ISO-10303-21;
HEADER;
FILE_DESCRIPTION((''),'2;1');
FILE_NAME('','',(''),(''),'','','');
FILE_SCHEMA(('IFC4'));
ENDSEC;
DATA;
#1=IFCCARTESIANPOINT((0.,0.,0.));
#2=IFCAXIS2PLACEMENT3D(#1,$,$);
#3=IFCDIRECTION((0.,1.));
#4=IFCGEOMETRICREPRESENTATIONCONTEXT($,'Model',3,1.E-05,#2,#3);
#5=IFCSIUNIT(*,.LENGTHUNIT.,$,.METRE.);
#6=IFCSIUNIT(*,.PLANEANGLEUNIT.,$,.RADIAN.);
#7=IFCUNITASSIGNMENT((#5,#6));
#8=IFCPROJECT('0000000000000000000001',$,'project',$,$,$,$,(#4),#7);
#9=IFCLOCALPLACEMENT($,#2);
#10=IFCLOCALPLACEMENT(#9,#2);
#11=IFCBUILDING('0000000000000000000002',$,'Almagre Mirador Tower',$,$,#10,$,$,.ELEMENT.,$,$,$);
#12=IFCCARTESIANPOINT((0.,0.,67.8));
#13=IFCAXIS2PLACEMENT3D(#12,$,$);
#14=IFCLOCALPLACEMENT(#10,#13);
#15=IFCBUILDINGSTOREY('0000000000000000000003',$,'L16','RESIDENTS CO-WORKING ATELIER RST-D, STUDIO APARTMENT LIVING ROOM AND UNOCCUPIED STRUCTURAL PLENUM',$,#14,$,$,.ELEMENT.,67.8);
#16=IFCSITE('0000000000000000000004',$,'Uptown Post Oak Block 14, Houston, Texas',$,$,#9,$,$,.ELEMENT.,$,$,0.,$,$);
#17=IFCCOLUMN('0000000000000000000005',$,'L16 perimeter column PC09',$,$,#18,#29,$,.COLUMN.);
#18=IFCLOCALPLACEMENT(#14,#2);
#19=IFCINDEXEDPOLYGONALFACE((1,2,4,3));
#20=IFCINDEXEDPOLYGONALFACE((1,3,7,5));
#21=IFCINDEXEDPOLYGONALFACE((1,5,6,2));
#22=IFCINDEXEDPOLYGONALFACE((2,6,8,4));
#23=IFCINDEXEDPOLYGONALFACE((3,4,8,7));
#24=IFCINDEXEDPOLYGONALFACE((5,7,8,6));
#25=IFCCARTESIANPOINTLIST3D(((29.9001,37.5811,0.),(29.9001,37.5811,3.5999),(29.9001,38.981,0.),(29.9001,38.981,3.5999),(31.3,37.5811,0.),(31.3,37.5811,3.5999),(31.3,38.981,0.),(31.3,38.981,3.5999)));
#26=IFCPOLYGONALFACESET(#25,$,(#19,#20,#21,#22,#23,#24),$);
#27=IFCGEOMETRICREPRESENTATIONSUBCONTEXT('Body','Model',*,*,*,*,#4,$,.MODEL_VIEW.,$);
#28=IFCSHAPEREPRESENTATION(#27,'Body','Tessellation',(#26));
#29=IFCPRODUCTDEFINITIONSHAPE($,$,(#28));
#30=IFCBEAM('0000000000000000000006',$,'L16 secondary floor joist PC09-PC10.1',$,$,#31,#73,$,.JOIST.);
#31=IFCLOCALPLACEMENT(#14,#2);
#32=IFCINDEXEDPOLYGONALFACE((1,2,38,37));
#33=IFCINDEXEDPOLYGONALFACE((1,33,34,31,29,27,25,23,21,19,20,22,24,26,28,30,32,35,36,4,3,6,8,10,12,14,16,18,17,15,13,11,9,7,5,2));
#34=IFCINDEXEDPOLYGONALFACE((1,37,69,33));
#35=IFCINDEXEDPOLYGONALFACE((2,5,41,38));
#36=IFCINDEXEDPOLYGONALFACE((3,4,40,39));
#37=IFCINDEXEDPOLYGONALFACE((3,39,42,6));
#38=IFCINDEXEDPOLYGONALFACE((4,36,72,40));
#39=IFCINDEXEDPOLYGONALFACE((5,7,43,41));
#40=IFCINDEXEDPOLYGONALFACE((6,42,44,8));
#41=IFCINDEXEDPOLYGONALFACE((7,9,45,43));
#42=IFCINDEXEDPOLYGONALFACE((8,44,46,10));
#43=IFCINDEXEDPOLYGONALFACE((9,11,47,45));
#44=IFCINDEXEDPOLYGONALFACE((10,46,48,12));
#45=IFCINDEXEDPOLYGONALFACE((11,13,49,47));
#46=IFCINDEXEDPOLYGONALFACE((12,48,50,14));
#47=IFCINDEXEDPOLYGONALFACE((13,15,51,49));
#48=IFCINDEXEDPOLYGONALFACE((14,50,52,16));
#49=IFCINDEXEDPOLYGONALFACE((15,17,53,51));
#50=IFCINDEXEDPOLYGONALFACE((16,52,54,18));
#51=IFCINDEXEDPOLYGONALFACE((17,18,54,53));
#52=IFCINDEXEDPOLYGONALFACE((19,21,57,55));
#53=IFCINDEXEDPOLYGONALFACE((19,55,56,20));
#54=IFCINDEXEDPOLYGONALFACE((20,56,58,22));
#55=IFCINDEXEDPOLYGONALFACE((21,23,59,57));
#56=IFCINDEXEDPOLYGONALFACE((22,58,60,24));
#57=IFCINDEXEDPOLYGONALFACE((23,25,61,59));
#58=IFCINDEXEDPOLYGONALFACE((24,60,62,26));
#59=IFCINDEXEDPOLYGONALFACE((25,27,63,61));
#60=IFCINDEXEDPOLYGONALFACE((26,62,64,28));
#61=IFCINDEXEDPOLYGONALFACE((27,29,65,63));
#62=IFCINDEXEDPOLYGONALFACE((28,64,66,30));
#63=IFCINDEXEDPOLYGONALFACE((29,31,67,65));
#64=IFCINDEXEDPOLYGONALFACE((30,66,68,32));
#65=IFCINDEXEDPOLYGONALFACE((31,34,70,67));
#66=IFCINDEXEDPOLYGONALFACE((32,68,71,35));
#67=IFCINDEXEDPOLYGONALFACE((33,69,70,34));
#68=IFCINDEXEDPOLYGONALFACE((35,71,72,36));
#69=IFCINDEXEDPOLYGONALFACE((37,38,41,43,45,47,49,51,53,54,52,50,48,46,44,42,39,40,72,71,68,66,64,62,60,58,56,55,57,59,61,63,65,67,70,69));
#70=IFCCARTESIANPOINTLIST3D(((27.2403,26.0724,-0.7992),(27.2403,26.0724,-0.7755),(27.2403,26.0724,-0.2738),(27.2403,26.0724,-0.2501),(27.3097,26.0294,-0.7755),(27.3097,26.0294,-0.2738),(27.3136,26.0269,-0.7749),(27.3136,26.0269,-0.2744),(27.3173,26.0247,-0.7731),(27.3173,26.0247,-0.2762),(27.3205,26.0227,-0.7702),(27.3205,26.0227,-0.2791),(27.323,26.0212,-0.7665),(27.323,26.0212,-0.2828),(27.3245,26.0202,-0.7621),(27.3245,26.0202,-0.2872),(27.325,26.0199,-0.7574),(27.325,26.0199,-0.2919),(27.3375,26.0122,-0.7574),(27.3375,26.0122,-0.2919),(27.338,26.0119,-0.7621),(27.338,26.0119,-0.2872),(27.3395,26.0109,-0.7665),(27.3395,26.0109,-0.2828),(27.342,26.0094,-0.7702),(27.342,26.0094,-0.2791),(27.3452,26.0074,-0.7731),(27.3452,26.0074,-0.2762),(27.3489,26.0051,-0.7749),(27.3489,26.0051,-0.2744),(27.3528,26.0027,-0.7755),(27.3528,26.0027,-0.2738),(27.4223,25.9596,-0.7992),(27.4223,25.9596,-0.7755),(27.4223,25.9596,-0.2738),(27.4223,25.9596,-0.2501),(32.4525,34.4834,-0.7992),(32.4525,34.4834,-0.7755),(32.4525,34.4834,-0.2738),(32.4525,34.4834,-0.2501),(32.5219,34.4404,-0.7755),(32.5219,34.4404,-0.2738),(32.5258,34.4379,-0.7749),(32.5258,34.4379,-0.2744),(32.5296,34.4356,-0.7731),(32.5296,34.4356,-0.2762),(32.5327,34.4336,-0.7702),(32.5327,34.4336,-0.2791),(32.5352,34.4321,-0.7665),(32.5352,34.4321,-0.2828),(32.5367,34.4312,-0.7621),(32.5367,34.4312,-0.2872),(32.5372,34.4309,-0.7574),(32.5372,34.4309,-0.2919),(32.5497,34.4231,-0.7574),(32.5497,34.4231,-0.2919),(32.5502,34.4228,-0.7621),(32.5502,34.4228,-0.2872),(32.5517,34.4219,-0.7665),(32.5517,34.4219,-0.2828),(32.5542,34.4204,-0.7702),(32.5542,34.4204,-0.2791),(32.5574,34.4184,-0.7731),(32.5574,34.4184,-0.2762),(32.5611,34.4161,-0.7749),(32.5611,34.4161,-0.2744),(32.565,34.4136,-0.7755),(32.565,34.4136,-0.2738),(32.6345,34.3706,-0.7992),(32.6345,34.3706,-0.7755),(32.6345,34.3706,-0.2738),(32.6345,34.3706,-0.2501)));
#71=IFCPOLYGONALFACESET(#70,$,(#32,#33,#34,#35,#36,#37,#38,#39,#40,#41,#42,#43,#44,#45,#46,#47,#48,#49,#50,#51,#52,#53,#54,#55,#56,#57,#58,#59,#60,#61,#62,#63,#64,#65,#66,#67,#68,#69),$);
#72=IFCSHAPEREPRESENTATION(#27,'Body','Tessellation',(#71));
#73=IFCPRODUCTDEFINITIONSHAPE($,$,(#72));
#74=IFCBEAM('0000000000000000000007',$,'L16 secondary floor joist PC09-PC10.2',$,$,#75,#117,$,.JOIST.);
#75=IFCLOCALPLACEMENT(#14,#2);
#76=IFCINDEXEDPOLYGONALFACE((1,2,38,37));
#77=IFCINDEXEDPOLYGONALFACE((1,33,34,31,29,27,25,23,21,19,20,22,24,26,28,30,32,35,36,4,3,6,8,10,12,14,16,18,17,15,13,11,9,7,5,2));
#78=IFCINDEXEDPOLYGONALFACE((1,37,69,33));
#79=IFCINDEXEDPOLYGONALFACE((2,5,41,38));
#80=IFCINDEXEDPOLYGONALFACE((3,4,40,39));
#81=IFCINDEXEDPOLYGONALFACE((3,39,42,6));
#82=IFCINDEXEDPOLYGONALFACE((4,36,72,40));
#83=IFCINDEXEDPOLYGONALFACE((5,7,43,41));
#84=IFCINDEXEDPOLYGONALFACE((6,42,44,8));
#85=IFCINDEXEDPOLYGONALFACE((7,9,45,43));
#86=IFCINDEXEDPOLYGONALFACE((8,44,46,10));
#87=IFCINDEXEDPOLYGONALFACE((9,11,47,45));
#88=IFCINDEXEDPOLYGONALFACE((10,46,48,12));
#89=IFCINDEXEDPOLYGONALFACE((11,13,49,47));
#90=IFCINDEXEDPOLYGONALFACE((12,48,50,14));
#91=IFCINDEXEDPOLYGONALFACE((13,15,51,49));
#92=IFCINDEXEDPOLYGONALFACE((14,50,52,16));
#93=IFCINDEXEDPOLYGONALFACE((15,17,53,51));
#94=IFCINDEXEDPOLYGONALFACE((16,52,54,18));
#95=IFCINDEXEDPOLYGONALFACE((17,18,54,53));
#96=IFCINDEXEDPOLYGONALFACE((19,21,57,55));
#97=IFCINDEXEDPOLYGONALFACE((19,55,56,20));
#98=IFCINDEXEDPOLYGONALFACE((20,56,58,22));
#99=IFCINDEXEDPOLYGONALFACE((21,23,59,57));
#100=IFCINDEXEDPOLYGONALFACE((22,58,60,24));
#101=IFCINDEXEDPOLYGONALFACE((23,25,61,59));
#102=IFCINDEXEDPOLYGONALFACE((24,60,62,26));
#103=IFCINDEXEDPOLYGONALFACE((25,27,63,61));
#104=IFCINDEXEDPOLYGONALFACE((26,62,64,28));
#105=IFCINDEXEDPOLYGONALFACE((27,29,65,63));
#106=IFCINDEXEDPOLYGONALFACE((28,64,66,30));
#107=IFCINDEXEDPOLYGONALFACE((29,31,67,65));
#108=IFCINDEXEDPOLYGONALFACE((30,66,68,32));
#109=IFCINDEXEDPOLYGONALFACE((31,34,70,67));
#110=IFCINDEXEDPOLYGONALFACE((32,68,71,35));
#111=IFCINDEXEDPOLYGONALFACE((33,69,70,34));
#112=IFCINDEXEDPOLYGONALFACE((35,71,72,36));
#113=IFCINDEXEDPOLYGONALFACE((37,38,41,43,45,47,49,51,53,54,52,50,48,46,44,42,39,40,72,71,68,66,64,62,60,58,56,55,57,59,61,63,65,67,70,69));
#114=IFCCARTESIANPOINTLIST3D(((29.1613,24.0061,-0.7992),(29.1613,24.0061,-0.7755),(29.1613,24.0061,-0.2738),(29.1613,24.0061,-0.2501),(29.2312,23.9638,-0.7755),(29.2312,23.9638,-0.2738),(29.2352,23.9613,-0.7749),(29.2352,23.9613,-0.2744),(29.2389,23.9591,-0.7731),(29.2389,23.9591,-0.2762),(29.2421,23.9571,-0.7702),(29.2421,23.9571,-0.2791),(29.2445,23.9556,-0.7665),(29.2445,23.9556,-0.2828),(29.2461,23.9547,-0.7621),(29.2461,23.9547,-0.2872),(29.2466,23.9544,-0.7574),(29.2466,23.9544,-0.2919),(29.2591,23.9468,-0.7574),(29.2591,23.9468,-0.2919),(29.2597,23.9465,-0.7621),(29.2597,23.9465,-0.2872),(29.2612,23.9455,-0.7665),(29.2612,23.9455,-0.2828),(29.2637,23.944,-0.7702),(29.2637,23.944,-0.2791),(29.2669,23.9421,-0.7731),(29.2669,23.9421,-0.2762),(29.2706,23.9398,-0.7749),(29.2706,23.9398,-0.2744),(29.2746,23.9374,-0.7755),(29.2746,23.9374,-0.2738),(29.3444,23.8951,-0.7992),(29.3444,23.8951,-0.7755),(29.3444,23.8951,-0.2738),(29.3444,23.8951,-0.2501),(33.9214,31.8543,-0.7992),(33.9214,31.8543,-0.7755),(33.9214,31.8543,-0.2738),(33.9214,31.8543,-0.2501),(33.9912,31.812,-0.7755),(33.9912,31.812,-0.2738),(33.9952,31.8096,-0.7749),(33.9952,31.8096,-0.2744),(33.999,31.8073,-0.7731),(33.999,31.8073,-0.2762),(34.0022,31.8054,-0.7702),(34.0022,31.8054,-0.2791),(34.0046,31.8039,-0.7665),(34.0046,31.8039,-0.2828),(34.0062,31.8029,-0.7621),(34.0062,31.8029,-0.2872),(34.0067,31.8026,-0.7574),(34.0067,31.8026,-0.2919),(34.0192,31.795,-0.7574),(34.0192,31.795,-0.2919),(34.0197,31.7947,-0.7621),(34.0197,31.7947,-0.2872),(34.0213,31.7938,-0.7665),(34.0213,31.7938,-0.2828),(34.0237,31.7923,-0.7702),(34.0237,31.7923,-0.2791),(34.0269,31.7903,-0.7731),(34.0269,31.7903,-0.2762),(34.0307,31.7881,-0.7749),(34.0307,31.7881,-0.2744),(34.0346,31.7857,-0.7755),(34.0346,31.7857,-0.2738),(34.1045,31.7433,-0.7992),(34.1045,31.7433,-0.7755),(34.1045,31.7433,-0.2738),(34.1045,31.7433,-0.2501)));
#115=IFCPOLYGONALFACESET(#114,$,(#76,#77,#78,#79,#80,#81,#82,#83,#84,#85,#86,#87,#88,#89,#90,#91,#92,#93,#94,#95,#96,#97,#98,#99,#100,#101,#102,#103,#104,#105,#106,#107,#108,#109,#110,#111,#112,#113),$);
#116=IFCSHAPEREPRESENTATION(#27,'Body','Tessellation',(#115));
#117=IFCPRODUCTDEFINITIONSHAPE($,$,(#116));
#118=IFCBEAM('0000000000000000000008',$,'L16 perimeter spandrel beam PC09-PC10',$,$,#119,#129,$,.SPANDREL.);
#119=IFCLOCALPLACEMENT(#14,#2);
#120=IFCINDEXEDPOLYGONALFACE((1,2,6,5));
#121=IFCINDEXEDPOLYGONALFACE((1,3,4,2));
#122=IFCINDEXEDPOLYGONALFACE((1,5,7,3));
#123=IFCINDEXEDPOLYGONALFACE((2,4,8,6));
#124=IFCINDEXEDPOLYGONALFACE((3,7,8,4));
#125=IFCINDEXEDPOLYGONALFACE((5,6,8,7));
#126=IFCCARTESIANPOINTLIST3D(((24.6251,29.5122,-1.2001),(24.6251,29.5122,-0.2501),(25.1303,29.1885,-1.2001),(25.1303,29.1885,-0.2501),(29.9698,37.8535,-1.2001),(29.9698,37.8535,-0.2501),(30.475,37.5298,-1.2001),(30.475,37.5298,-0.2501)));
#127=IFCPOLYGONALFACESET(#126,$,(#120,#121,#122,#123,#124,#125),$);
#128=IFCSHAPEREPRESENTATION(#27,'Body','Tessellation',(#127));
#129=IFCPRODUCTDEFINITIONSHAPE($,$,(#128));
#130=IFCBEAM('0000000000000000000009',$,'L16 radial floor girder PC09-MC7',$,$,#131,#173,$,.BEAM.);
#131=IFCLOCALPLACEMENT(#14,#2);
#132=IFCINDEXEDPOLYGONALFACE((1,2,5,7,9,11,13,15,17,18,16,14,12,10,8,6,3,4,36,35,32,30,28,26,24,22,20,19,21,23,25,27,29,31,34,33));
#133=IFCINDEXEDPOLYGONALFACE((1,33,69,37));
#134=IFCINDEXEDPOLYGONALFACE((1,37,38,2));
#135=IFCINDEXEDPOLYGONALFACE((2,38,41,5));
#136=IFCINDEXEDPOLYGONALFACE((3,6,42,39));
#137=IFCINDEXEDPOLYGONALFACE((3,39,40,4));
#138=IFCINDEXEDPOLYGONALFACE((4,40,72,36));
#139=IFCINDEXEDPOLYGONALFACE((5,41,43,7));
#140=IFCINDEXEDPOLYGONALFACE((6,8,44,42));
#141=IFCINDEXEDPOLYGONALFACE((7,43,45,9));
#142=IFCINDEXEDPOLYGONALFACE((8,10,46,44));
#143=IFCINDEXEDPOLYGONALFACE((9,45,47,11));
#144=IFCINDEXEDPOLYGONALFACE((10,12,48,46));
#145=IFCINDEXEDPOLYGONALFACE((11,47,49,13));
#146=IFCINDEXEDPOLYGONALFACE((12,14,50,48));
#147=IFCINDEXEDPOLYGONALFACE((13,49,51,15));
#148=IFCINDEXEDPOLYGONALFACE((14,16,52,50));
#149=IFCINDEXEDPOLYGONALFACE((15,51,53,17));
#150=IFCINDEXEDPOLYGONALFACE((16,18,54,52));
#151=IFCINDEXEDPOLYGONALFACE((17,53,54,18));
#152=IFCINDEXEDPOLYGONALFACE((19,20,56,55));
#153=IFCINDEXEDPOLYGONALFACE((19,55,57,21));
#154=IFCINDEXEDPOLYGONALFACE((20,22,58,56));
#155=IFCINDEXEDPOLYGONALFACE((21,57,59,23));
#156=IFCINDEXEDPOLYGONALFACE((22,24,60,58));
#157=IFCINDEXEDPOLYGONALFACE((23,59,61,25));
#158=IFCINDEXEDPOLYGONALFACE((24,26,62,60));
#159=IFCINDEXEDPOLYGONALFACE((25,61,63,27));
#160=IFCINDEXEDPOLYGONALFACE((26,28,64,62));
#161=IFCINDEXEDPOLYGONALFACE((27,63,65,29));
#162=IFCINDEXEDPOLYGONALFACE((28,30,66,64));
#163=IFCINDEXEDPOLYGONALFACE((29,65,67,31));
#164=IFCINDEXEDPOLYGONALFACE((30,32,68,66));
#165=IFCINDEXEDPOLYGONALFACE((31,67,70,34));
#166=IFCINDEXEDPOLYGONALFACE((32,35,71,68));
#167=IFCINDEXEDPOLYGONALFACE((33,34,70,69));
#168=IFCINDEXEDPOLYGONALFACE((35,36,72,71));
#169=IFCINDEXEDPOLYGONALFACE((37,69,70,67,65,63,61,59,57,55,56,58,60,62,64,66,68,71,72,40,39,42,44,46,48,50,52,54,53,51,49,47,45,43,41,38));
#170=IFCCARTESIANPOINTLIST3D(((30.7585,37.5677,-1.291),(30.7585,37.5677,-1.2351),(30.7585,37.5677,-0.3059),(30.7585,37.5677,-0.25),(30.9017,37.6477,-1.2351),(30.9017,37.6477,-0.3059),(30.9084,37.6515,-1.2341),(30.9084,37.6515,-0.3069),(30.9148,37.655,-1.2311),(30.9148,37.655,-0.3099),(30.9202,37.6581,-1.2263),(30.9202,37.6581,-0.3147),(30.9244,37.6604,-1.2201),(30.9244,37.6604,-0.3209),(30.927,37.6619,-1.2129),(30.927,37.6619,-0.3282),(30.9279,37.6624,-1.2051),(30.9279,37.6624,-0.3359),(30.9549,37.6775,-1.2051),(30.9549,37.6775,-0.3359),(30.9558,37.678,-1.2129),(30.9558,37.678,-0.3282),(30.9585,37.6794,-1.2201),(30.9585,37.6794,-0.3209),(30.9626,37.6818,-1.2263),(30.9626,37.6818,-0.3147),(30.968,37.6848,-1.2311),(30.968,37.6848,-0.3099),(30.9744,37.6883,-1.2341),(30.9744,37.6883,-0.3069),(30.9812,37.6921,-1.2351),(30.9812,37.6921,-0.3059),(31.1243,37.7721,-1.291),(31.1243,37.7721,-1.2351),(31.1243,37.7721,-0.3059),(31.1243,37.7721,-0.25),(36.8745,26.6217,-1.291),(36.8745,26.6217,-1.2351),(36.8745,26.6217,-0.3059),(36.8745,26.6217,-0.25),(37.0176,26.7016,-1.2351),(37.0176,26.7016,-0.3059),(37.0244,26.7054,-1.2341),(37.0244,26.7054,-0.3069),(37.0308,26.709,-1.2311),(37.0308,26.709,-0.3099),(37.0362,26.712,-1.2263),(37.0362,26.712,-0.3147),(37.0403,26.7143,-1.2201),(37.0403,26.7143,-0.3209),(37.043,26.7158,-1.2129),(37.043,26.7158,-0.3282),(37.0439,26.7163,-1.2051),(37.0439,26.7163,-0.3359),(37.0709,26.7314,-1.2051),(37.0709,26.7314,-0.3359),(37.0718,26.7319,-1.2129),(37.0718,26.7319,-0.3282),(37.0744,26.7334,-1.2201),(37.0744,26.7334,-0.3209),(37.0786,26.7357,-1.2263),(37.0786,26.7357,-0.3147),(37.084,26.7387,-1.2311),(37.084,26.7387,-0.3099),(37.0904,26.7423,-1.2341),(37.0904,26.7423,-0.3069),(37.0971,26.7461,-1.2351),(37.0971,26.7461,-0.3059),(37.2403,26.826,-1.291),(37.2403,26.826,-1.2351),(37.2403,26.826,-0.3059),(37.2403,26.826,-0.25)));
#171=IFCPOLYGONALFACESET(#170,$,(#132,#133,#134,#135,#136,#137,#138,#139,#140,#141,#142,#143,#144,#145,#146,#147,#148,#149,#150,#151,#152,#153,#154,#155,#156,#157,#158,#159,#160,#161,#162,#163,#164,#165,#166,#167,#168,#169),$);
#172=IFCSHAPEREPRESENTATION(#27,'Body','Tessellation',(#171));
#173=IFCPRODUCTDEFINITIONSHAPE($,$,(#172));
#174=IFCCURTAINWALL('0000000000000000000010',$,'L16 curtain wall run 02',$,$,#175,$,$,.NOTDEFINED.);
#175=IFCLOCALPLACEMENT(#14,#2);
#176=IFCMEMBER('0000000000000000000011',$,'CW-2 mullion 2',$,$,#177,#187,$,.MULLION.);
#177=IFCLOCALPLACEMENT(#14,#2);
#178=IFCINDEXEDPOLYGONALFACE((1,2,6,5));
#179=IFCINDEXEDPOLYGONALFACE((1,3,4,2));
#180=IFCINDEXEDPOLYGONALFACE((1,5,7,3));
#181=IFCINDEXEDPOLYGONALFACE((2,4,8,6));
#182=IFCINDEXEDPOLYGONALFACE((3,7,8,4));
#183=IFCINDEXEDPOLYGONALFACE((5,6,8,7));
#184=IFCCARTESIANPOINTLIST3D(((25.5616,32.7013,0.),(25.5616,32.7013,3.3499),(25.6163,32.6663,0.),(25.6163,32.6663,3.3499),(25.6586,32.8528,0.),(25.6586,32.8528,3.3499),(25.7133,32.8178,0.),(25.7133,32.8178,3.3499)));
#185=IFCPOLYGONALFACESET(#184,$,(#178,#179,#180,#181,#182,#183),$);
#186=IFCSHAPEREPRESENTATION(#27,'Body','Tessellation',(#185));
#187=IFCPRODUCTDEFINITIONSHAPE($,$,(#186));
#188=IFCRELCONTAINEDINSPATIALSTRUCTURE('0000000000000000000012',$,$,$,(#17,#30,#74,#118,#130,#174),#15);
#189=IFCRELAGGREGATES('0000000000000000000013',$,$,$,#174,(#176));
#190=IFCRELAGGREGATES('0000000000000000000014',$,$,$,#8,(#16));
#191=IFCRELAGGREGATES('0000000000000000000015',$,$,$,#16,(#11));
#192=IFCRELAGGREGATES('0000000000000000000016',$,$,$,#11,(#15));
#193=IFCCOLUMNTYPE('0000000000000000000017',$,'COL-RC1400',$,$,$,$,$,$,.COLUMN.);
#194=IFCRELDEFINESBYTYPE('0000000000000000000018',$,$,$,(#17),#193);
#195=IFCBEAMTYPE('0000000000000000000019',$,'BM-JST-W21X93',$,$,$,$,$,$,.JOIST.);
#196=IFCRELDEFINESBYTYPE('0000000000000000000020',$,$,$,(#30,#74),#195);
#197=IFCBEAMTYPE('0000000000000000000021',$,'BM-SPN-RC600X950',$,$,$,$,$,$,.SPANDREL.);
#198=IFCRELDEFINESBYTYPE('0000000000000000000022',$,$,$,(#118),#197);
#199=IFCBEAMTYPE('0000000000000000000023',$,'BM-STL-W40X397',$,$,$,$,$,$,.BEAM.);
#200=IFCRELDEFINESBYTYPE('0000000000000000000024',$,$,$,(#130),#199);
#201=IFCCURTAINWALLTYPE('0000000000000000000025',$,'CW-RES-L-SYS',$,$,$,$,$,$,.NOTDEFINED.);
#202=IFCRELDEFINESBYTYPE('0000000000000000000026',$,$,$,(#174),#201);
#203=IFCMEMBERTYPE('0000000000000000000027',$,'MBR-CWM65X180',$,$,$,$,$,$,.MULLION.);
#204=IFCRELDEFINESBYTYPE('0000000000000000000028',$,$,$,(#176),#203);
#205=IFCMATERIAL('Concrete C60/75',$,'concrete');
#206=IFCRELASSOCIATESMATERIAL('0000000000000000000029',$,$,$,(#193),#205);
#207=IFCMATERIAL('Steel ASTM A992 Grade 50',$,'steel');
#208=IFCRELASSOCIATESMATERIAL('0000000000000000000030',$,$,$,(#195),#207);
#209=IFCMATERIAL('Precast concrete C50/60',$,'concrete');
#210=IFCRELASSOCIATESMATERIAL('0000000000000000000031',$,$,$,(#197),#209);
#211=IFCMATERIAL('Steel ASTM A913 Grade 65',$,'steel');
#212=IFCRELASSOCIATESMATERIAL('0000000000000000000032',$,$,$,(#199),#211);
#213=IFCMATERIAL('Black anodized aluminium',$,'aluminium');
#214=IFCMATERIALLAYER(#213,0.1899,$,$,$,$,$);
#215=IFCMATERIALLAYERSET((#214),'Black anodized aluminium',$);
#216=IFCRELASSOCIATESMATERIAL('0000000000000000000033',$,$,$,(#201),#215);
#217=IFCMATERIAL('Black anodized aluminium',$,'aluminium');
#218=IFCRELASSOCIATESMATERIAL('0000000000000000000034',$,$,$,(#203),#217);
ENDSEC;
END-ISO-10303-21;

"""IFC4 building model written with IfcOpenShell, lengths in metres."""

from ifc_helpers import new_model, si_unit, direction, frame, origin, origin_2d, place, context, subcontext, project, spatial, rectangle, i_section, extrude, material, layer, layer_set, material_profile, profile_set, type_object, element, aggregate, save


model = new_model("IFC4")

# Units and contexts
model_context = context("Model", 3, precision=1e-05, world=origin(), true_north=direction((0.0, 1.0)))
body_context = subcontext(model_context, "Body", "Model", "MODEL_VIEW")
ifc_project = project(units=[si_unit("LENGTHUNIT", "METRE"), si_unit("PLANEANGLEUNIT", "RADIAN")], contexts=[model_context])

# Site, building, storey
site_placement = place(None, origin())
site = spatial("IfcSite", under=ifc_project, at=site_placement, Name="Uptown Post Oak Block 14, Houston, Texas", CompositionType="ELEMENT", RefElevation=0.0)
building_placement = place(site_placement, origin())
building = spatial("IfcBuilding", under=site, at=building_placement, Name="Almagre Mirador Tower", CompositionType="ELEMENT")
storey_placement = place(building_placement, frame((0.0, 0.0, 67.8)))
storey = spatial("IfcBuildingStorey", under=building, at=storey_placement, Name="L16", Description="RESIDENTS CO-WORKING ATELIER RST-D, STUDIO APARTMENT LIVING ROOM AND UNOCCUPIED STRUCTURAL PLENUM", CompositionType="ELEMENT", Elevation=67.8)

# Column
ifc_material_1 = material(Name="Concrete C60/75", Category="concrete")
ifc_material_profile_1 = material_profile(ifc_material_1, rectangle(XDim=1.3999, YDim=1.3999, at=origin_2d()), Name="RC1400X1400")
ifc_profile_set_1 = profile_set([ifc_material_profile_1], Name="Concrete C60/75")
column_type = type_object("IfcColumnType", Name="COL-RC1400", PredefinedType="COLUMN", material=ifc_profile_set_1)
column_placement = place(storey_placement, frame((30.6001, 38.281, 0.0), z_axis=(0.0, 0.0, 1.0), x_axis=(1.0, 0.0, 0.0)))
element("IfcColumn", 1, at=column_placement, inside=storey, type_object=column_type, Name="L16 perimeter column PC09", PredefinedType="COLUMN", context=body_context, shape_type="SweptSolid", body=[
    extrude(rectangle(XDim=1.3999, YDim=1.3999, at=origin_2d()), origin(), (0.0, 0.0, 1.0), 3.5999),
])

# Beams
ifc_material_2 = material(Name="Steel ASTM A992 Grade 50", Category="steel")
ifc_material_profile_2 = material_profile(ifc_material_2, i_section(OverallWidth=0.2141, OverallDepth=0.5491, WebThickness=0.0146, FlangeThickness=0.0237, FilletRadius=0.0181, at=origin_2d()), Name="W21X93")
ifc_profile_set_2 = profile_set([ifc_material_profile_2], Name="Steel ASTM A992 Grade 50")
beam_type_1 = type_object("IfcBeamType", Name="BM-JST-W21X93", PredefinedType="JOIST", material=ifc_profile_set_2)
beam_1_placement = place(storey_placement, frame((32.5435, 34.427, -0.5247), z_axis=(-0.52675, -0.85002, 0.0), x_axis=(0.85002, -0.52675, 0.0)))
element("IfcBeam", 2, at=beam_1_placement, inside=storey, type_object=beam_type_1, Name="L16 secondary floor joist PC09-PC10.1", PredefinedType="JOIST", context=body_context, shape_type="SweptSolid", body=[
    extrude(i_section(OverallWidth=0.2141, OverallDepth=0.5491, WebThickness=0.0146, FlangeThickness=0.0237, FilletRadius=0.0181, at=origin_2d()), origin(), (0.0, 0.0, 1.0), 9.895),
])
beam_2_placement = place(storey_placement, frame((34.0129, 31.7988, -0.5247), z_axis=(-0.518585, -0.855026, 0.0), x_axis=(0.855026, -0.518585, 0.0)))
element("IfcBeam", 3, at=beam_2_placement, inside=storey, type_object=beam_type_1, Name="L16 secondary floor joist PC09-PC10.2", PredefinedType="JOIST", context=body_context, shape_type="SweptSolid", body=[
    extrude(i_section(OverallWidth=0.2141, OverallDepth=0.5491, WebThickness=0.0146, FlangeThickness=0.0237, FilletRadius=0.0181, at=origin_2d()), origin(), (0.0, 0.0, 1.0), 9.179),
])
ifc_material_3 = material(Name="Precast concrete C50/60", Category="concrete")
ifc_material_profile_3 = material_profile(ifc_material_3, rectangle(XDim=0.6001, YDim=0.95, at=origin_2d()), Name="RC600X950")
ifc_profile_set_3 = profile_set([ifc_material_profile_3], Name="Precast concrete C50/60")
beam_type_2 = type_object("IfcBeamType", Name="BM-SPN-RC600X950", PredefinedType="SPANDREL", material=ifc_profile_set_3)
beam_3_placement = place(storey_placement, frame((30.2224, 37.6917, -0.7251), z_axis=(-0.539504, -0.841983, 0.0), x_axis=(0.841983, -0.539504, 0.0)))
element("IfcBeam", 4, at=beam_3_placement, inside=storey, type_object=beam_type_2, Name="L16 perimeter spandrel beam PC09-PC10", PredefinedType="SPANDREL", context=body_context, shape_type="SweptSolid", body=[
    extrude(rectangle(XDim=0.6001, YDim=0.95, at=origin_2d()), origin(), (0.0, 0.0, 1.0), 9.9067),
])
ifc_material_4 = material(Name="Steel ASTM A913 Grade 65", Category="steel")
ifc_material_profile_4 = material_profile(ifc_material_4, i_section(OverallWidth=0.4189, OverallDepth=1.041, WebThickness=0.031, FlangeThickness=0.0559, FilletRadius=0.03, at=origin_2d()), Name="W40X397")
ifc_profile_set_4 = profile_set([ifc_material_profile_4], Name="Steel ASTM A913 Grade 65")
beam_type_3 = type_object("IfcBeamType", Name="BM-STL-W40X397", PredefinedType="BEAM", material=ifc_profile_set_4)
beam_4_placement = place(storey_placement, frame((30.9414, 37.6699, -0.7705), z_axis=(0.487764, -0.872975, 0.0), x_axis=(0.872975, 0.487764, 0.0)))
element("IfcBeam", 5, at=beam_4_placement, inside=storey, type_object=beam_type_3, Name="L16 radial floor girder PC09-MC7", PredefinedType="BEAM", context=body_context, shape_type="SweptSolid", body=[
    extrude(i_section(OverallWidth=0.4189, OverallDepth=1.041, WebThickness=0.031, FlangeThickness=0.0559, FilletRadius=0.03, at=origin_2d()), origin(), (0.0, 0.0, 1.0), 12.5388),
])

# Curtain wall, member
ifc_material_5 = material(Name="Black anodized aluminium", Category="aluminium")
ifc_layer_1 = layer(ifc_material_5, 0.1899)
ifc_layer_set_1 = layer_set([ifc_layer_1], Name="Black anodized aluminium")
curtain_wall_type = type_object("IfcCurtainWallType", Name="CW-RES-L-SYS", PredefinedType="NOTDEFINED", material=ifc_layer_set_1)
curtain_wall_placement = place(storey_placement, origin())
curtain_wall = element("IfcCurtainWall", 6, at=curtain_wall_placement, inside=storey, type_object=curtain_wall_type, Name="L16 curtain wall run 02", PredefinedType="NOTDEFINED")
ifc_material_6 = material(Name="Black anodized aluminium", Category="aluminium")
ifc_material_profile_5 = material_profile(ifc_material_6, rectangle(XDim=0.0649, YDim=0.1799, at=origin_2d()), Name="CWM65X180")
ifc_profile_set_5 = profile_set([ifc_material_profile_5], Name="Black anodized aluminium")
member_type_1 = type_object("IfcMemberType", Name="MBR-CWM65X180", PredefinedType="MULLION", material=ifc_profile_set_5)
member_1_placement = place(storey_placement, frame((25.6375, 32.7595, 0.0), z_axis=(0.0, 0.0, 1.0), x_axis=(-0.841975, 0.539516, 0.0)))
member_1 = element("IfcMember", 7, at=member_1_placement, type_object=member_type_1, Name="CW-2 mullion 2", PredefinedType="MULLION", context=body_context, shape_type="SweptSolid", body=[
    extrude(rectangle(XDim=0.0649, YDim=0.1799, at=origin_2d()), origin(), (0.0, 0.0, 1.0), 3.3499),
])
aggregate(curtain_wall, [member_1])

save(model, "model.ifc")
